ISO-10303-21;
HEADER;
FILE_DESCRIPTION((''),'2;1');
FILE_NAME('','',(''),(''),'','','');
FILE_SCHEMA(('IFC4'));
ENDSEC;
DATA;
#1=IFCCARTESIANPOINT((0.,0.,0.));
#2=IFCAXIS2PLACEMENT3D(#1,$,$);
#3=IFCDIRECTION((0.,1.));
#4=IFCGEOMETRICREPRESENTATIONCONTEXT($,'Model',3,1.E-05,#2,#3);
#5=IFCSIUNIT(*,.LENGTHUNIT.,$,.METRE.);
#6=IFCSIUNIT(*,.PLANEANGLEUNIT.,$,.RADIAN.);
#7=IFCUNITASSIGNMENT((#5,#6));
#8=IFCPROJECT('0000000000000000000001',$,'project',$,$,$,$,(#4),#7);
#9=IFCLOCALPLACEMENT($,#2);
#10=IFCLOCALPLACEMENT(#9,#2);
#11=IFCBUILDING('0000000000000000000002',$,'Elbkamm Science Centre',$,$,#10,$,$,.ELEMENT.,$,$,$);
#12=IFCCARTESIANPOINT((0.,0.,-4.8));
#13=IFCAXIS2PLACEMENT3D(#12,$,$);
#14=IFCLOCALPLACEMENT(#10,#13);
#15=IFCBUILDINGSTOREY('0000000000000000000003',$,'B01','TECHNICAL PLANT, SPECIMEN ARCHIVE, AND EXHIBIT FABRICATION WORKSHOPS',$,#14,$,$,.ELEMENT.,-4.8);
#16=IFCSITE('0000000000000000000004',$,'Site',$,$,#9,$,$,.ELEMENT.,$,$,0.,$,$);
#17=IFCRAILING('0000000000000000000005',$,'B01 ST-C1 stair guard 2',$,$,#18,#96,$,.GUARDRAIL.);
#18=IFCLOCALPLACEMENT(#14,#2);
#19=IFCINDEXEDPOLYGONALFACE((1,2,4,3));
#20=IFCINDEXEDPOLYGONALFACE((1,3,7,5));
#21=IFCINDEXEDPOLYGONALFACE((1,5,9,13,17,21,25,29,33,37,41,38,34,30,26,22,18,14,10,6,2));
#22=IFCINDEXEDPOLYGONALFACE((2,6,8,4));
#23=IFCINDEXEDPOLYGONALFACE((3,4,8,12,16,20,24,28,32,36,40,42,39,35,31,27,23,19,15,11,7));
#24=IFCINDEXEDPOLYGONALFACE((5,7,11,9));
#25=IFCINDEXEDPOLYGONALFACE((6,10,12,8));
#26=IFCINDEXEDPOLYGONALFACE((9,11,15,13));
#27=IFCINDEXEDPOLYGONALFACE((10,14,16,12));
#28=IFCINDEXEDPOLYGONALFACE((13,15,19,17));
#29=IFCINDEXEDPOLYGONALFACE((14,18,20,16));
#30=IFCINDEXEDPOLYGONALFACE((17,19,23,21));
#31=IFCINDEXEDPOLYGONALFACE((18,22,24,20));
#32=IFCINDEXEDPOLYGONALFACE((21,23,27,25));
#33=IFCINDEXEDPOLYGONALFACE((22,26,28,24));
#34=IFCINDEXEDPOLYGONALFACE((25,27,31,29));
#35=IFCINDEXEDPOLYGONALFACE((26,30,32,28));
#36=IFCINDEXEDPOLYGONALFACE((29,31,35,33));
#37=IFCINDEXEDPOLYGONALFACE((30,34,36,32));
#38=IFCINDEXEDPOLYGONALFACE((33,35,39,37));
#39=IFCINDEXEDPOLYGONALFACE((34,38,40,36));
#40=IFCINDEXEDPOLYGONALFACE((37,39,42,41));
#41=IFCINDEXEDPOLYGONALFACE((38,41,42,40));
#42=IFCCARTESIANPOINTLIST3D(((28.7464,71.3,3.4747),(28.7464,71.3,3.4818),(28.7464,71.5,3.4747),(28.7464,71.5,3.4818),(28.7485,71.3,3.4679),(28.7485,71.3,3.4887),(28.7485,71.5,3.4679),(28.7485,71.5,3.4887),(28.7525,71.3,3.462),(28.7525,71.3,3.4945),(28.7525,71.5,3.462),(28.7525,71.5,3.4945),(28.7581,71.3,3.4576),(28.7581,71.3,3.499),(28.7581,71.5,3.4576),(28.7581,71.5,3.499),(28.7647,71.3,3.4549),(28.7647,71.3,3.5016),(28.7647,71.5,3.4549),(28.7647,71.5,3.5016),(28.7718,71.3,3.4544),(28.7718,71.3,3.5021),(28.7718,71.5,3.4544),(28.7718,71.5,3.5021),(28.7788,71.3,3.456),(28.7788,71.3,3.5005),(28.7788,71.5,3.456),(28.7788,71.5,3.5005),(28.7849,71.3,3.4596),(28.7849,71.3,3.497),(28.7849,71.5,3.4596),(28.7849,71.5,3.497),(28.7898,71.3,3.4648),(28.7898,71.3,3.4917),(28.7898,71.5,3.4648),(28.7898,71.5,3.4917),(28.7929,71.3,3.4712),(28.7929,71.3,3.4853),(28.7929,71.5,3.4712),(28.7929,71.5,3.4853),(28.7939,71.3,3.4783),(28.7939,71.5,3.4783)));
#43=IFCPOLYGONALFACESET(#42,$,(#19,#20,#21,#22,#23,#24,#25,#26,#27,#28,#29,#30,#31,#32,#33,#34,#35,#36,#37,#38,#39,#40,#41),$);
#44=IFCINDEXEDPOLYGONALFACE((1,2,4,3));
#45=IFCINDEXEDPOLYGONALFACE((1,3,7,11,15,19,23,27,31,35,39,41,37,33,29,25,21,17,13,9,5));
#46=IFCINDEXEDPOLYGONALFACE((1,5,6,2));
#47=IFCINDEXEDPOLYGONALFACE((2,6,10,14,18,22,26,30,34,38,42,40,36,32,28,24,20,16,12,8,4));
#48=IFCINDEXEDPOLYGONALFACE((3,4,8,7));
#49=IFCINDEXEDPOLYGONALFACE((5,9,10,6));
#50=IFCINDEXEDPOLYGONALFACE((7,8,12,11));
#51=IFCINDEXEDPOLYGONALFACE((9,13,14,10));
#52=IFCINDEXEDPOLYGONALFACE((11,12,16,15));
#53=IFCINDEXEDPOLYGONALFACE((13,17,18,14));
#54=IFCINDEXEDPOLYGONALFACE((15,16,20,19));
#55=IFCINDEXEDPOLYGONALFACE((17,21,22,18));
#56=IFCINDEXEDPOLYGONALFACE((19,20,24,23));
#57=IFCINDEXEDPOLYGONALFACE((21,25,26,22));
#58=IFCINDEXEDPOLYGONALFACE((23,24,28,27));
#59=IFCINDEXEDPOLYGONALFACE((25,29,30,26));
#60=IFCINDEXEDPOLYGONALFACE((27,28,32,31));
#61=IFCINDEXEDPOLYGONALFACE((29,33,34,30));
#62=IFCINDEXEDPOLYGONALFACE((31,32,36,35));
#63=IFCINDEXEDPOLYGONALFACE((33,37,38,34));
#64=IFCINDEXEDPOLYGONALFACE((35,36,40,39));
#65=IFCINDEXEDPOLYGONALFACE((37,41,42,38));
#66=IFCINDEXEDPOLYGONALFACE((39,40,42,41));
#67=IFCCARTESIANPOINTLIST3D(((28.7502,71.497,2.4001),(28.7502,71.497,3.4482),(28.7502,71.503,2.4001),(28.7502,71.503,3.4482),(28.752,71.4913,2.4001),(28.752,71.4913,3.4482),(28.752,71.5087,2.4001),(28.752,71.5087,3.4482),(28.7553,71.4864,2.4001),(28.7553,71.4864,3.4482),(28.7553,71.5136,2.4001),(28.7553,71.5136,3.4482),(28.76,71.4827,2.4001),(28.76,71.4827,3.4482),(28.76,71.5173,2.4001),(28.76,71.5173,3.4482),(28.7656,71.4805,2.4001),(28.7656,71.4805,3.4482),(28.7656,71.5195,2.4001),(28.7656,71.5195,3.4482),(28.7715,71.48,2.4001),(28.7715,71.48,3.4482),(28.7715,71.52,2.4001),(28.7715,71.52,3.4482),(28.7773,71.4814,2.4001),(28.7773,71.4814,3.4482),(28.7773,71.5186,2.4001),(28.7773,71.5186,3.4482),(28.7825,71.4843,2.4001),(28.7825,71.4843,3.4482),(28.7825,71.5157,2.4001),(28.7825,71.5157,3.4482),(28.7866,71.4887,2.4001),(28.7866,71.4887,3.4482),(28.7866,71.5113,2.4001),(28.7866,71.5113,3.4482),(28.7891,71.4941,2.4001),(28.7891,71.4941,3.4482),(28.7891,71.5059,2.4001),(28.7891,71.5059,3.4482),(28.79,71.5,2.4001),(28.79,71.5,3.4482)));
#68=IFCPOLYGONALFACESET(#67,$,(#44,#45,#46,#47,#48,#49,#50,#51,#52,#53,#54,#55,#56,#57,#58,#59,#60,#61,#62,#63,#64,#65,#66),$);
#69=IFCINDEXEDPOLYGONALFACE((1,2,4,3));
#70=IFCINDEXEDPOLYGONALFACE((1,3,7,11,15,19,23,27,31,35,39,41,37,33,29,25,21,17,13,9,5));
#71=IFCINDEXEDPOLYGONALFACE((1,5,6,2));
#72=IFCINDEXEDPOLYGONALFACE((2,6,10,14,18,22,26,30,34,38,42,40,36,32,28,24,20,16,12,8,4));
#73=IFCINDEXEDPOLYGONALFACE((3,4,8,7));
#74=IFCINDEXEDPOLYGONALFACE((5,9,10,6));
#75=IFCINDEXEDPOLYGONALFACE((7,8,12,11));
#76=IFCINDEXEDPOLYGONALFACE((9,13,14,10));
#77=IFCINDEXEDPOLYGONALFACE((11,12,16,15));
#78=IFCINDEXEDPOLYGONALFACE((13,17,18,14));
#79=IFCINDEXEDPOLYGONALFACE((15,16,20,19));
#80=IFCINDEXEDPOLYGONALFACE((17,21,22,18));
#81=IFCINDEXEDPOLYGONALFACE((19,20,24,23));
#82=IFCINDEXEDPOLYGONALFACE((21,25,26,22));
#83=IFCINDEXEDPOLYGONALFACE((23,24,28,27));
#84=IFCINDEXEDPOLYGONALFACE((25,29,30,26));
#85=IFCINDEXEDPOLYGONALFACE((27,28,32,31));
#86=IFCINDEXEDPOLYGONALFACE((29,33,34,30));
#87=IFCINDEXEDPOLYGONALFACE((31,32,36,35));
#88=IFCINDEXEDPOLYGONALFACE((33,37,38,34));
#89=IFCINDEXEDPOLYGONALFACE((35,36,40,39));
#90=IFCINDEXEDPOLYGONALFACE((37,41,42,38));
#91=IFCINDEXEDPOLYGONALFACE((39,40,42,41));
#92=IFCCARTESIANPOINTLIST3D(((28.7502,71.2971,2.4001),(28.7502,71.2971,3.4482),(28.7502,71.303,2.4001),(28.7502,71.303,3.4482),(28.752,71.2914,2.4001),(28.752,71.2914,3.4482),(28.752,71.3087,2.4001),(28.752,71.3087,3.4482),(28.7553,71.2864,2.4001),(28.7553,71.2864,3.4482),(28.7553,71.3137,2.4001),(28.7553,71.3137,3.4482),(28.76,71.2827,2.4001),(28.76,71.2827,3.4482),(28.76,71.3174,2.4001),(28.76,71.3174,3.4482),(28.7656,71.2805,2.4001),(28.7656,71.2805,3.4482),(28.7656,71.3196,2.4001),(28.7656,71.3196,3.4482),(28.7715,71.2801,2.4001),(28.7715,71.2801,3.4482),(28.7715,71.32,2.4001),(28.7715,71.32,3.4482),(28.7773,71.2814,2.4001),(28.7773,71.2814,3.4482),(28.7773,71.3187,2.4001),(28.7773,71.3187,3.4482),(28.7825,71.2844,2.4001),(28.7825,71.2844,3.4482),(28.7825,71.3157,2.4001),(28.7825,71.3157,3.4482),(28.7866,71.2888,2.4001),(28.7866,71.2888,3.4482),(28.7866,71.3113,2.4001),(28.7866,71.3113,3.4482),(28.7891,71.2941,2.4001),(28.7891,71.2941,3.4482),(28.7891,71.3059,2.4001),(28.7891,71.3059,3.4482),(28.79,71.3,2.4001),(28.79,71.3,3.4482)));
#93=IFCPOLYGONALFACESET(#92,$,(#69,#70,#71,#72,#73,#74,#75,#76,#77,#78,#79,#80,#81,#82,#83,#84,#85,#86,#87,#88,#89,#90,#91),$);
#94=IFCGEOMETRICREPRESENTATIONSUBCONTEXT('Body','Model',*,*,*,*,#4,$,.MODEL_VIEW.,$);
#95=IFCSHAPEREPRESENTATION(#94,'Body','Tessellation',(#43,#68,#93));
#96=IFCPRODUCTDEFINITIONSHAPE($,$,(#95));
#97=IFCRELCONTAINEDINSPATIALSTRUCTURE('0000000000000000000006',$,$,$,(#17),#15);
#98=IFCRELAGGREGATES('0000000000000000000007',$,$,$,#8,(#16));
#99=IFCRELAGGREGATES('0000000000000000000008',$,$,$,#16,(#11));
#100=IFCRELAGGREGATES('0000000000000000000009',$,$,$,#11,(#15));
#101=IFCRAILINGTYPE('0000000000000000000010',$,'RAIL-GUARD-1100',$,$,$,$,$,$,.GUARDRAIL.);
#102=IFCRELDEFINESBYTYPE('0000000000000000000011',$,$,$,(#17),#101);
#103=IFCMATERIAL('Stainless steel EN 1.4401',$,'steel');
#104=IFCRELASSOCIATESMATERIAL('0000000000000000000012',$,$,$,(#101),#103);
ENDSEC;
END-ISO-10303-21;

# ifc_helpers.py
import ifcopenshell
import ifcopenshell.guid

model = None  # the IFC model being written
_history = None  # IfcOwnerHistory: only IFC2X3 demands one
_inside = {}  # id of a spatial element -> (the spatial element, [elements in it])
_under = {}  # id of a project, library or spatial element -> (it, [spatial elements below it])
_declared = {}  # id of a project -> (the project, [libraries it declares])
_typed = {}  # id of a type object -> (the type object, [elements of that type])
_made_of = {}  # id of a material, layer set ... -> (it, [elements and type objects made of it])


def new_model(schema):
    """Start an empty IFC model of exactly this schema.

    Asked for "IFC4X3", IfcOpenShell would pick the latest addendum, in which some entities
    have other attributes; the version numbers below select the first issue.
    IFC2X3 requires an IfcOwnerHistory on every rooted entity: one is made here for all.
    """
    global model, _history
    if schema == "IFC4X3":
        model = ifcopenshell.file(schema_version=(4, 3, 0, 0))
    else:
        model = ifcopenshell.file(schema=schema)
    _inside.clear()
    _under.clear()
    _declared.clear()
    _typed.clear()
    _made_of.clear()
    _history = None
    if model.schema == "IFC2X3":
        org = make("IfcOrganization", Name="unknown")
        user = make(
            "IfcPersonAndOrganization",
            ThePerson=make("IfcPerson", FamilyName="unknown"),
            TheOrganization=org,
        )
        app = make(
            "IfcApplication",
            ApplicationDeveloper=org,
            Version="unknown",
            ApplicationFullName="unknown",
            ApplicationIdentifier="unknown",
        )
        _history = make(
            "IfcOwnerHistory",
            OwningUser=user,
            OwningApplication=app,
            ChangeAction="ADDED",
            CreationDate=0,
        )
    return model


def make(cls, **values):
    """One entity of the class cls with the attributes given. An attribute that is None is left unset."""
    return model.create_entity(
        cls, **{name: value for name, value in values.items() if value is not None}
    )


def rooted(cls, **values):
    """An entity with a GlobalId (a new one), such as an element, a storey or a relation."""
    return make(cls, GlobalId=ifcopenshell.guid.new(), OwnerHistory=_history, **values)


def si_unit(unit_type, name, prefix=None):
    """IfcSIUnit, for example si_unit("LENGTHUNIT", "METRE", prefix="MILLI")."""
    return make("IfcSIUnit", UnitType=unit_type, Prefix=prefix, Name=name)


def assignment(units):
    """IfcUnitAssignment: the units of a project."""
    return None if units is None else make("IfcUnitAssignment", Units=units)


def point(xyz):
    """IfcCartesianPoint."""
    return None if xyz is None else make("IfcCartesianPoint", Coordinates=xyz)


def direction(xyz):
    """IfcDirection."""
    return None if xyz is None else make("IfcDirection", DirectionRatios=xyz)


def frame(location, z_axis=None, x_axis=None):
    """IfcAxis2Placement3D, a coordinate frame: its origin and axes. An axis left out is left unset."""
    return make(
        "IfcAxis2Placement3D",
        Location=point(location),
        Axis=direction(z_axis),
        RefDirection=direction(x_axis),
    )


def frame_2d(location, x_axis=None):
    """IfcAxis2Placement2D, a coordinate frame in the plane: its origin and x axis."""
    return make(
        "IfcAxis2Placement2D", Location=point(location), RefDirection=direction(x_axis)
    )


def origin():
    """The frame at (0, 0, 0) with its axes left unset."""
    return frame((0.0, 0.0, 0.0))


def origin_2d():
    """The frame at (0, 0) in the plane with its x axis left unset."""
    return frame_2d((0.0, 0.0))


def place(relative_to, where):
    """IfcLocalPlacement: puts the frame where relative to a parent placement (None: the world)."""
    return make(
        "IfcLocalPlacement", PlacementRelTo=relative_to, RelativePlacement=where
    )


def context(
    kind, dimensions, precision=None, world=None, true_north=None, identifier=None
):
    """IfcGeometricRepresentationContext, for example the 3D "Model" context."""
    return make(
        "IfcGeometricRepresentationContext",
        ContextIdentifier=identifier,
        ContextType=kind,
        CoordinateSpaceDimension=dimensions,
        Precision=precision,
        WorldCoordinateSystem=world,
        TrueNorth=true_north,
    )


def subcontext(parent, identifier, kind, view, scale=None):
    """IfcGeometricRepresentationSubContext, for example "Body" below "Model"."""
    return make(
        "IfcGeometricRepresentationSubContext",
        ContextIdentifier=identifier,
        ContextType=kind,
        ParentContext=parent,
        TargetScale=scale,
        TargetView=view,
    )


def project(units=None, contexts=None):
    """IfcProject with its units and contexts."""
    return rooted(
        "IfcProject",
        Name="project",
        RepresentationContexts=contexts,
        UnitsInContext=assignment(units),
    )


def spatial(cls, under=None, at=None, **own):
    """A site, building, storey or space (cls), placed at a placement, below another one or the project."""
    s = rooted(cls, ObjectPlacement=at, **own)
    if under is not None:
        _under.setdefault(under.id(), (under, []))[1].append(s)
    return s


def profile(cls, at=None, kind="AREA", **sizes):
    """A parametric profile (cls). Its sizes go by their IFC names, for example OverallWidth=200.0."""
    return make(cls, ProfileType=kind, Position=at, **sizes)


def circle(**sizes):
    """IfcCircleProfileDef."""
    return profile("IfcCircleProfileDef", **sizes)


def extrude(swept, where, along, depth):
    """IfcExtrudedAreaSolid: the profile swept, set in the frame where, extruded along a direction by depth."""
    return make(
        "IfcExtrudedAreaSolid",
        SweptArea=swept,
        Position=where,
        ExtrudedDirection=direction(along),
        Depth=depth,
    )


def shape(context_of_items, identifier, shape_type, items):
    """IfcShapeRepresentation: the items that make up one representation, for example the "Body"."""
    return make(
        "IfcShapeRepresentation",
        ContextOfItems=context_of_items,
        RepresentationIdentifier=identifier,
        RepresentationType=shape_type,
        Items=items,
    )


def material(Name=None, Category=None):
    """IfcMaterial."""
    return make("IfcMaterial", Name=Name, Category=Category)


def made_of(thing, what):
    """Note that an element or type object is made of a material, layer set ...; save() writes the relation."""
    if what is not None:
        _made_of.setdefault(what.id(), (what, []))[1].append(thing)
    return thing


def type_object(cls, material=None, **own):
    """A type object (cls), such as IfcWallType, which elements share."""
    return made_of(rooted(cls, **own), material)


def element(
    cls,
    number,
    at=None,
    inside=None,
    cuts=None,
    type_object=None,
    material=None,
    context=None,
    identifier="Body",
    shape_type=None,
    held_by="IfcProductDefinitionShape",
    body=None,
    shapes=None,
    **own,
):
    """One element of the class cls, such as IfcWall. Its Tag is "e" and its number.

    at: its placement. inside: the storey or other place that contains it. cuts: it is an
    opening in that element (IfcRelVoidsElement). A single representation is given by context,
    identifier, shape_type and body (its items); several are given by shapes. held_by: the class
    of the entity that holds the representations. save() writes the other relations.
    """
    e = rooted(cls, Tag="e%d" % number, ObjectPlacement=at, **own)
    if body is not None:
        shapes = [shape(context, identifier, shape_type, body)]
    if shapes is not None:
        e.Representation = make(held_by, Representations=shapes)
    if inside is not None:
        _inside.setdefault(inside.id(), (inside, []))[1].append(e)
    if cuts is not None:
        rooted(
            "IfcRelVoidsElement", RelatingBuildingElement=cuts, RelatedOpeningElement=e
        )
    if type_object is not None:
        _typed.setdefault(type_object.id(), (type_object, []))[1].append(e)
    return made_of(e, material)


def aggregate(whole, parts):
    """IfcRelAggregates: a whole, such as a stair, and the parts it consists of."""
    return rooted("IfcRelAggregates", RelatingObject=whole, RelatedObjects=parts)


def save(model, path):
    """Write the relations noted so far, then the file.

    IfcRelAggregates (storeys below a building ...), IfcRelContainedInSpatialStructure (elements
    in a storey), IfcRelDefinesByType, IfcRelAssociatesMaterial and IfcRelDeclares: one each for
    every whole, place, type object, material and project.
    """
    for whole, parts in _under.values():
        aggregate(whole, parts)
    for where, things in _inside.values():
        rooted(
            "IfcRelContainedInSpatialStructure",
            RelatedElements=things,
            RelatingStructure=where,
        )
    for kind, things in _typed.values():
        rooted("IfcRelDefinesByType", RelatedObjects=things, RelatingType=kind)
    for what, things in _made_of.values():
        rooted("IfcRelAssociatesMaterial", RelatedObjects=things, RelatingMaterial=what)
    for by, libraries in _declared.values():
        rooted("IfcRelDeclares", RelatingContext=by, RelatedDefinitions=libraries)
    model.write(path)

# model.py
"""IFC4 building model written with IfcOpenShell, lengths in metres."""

from ifc_helpers import new_model, si_unit, direction, frame, origin, origin_2d, place, context, subcontext, project, spatial, circle, extrude, material, type_object, element, save


model = new_model("IFC4")

# Units and contexts
model_context = context("Model", 3, precision=1e-05, world=origin(), true_north=direction((0.0, 1.0)))
body_context = subcontext(model_context, "Body", "Model", "MODEL_VIEW")
ifc_project = project(units=[si_unit("LENGTHUNIT", "METRE"), si_unit("PLANEANGLEUNIT", "RADIAN")], contexts=[model_context])

# Site, building, storey
site_placement = place(None, origin())
site = spatial("IfcSite", under=ifc_project, at=site_placement, Name="Site", CompositionType="ELEMENT", RefElevation=0.0)
building_placement = place(site_placement, origin())
building = spatial("IfcBuilding", under=site, at=building_placement, Name="Elbkamm Science Centre", CompositionType="ELEMENT")
storey_placement = place(building_placement, frame((0.0, 0.0, -4.8)))
storey = spatial("IfcBuildingStorey", under=building, at=storey_placement, Name="B01", Description="TECHNICAL PLANT, SPECIMEN ARCHIVE, AND EXHIBIT FABRICATION WORKSHOPS", CompositionType="ELEMENT", Elevation=-4.8)

# Railing
ifc_material_1 = material(Name="Stainless steel EN 1.4401", Category="steel")
railing_type_1 = type_object("IfcRailingType", Name="RAIL-GUARD-1100", PredefinedType="GUARDRAIL", material=ifc_material_1)
railing_1_placement = place(storey_placement, frame((28.77, 71.5, 2.4001)))
element("IfcRailing", 1, at=railing_1_placement, inside=storey, type_object=railing_type_1, Name="B01 ST-C1 stair guard 2", PredefinedType="GUARDRAIL", context=body_context, shape_type="SweptSolid", body=[
    extrude(circle(Radius=0.0239, at=origin_2d()), frame((0.0, 0.0, 1.0781), z_axis=(0.0, -1.0, 0.0), x_axis=(1.0, 0.0, 0.0)), (0.0, 0.0, 1.0), 0.2),
    extrude(circle(Radius=0.02, at=origin_2d()), origin(), (0.0, 0.0, 1.0), 1.0481),
    extrude(circle(Radius=0.02, at=origin_2d()), frame((0.0, -0.2, 0.0)), (0.0, 0.0, 1.0), 1.0481),
])

save(model, "model.ifc")
